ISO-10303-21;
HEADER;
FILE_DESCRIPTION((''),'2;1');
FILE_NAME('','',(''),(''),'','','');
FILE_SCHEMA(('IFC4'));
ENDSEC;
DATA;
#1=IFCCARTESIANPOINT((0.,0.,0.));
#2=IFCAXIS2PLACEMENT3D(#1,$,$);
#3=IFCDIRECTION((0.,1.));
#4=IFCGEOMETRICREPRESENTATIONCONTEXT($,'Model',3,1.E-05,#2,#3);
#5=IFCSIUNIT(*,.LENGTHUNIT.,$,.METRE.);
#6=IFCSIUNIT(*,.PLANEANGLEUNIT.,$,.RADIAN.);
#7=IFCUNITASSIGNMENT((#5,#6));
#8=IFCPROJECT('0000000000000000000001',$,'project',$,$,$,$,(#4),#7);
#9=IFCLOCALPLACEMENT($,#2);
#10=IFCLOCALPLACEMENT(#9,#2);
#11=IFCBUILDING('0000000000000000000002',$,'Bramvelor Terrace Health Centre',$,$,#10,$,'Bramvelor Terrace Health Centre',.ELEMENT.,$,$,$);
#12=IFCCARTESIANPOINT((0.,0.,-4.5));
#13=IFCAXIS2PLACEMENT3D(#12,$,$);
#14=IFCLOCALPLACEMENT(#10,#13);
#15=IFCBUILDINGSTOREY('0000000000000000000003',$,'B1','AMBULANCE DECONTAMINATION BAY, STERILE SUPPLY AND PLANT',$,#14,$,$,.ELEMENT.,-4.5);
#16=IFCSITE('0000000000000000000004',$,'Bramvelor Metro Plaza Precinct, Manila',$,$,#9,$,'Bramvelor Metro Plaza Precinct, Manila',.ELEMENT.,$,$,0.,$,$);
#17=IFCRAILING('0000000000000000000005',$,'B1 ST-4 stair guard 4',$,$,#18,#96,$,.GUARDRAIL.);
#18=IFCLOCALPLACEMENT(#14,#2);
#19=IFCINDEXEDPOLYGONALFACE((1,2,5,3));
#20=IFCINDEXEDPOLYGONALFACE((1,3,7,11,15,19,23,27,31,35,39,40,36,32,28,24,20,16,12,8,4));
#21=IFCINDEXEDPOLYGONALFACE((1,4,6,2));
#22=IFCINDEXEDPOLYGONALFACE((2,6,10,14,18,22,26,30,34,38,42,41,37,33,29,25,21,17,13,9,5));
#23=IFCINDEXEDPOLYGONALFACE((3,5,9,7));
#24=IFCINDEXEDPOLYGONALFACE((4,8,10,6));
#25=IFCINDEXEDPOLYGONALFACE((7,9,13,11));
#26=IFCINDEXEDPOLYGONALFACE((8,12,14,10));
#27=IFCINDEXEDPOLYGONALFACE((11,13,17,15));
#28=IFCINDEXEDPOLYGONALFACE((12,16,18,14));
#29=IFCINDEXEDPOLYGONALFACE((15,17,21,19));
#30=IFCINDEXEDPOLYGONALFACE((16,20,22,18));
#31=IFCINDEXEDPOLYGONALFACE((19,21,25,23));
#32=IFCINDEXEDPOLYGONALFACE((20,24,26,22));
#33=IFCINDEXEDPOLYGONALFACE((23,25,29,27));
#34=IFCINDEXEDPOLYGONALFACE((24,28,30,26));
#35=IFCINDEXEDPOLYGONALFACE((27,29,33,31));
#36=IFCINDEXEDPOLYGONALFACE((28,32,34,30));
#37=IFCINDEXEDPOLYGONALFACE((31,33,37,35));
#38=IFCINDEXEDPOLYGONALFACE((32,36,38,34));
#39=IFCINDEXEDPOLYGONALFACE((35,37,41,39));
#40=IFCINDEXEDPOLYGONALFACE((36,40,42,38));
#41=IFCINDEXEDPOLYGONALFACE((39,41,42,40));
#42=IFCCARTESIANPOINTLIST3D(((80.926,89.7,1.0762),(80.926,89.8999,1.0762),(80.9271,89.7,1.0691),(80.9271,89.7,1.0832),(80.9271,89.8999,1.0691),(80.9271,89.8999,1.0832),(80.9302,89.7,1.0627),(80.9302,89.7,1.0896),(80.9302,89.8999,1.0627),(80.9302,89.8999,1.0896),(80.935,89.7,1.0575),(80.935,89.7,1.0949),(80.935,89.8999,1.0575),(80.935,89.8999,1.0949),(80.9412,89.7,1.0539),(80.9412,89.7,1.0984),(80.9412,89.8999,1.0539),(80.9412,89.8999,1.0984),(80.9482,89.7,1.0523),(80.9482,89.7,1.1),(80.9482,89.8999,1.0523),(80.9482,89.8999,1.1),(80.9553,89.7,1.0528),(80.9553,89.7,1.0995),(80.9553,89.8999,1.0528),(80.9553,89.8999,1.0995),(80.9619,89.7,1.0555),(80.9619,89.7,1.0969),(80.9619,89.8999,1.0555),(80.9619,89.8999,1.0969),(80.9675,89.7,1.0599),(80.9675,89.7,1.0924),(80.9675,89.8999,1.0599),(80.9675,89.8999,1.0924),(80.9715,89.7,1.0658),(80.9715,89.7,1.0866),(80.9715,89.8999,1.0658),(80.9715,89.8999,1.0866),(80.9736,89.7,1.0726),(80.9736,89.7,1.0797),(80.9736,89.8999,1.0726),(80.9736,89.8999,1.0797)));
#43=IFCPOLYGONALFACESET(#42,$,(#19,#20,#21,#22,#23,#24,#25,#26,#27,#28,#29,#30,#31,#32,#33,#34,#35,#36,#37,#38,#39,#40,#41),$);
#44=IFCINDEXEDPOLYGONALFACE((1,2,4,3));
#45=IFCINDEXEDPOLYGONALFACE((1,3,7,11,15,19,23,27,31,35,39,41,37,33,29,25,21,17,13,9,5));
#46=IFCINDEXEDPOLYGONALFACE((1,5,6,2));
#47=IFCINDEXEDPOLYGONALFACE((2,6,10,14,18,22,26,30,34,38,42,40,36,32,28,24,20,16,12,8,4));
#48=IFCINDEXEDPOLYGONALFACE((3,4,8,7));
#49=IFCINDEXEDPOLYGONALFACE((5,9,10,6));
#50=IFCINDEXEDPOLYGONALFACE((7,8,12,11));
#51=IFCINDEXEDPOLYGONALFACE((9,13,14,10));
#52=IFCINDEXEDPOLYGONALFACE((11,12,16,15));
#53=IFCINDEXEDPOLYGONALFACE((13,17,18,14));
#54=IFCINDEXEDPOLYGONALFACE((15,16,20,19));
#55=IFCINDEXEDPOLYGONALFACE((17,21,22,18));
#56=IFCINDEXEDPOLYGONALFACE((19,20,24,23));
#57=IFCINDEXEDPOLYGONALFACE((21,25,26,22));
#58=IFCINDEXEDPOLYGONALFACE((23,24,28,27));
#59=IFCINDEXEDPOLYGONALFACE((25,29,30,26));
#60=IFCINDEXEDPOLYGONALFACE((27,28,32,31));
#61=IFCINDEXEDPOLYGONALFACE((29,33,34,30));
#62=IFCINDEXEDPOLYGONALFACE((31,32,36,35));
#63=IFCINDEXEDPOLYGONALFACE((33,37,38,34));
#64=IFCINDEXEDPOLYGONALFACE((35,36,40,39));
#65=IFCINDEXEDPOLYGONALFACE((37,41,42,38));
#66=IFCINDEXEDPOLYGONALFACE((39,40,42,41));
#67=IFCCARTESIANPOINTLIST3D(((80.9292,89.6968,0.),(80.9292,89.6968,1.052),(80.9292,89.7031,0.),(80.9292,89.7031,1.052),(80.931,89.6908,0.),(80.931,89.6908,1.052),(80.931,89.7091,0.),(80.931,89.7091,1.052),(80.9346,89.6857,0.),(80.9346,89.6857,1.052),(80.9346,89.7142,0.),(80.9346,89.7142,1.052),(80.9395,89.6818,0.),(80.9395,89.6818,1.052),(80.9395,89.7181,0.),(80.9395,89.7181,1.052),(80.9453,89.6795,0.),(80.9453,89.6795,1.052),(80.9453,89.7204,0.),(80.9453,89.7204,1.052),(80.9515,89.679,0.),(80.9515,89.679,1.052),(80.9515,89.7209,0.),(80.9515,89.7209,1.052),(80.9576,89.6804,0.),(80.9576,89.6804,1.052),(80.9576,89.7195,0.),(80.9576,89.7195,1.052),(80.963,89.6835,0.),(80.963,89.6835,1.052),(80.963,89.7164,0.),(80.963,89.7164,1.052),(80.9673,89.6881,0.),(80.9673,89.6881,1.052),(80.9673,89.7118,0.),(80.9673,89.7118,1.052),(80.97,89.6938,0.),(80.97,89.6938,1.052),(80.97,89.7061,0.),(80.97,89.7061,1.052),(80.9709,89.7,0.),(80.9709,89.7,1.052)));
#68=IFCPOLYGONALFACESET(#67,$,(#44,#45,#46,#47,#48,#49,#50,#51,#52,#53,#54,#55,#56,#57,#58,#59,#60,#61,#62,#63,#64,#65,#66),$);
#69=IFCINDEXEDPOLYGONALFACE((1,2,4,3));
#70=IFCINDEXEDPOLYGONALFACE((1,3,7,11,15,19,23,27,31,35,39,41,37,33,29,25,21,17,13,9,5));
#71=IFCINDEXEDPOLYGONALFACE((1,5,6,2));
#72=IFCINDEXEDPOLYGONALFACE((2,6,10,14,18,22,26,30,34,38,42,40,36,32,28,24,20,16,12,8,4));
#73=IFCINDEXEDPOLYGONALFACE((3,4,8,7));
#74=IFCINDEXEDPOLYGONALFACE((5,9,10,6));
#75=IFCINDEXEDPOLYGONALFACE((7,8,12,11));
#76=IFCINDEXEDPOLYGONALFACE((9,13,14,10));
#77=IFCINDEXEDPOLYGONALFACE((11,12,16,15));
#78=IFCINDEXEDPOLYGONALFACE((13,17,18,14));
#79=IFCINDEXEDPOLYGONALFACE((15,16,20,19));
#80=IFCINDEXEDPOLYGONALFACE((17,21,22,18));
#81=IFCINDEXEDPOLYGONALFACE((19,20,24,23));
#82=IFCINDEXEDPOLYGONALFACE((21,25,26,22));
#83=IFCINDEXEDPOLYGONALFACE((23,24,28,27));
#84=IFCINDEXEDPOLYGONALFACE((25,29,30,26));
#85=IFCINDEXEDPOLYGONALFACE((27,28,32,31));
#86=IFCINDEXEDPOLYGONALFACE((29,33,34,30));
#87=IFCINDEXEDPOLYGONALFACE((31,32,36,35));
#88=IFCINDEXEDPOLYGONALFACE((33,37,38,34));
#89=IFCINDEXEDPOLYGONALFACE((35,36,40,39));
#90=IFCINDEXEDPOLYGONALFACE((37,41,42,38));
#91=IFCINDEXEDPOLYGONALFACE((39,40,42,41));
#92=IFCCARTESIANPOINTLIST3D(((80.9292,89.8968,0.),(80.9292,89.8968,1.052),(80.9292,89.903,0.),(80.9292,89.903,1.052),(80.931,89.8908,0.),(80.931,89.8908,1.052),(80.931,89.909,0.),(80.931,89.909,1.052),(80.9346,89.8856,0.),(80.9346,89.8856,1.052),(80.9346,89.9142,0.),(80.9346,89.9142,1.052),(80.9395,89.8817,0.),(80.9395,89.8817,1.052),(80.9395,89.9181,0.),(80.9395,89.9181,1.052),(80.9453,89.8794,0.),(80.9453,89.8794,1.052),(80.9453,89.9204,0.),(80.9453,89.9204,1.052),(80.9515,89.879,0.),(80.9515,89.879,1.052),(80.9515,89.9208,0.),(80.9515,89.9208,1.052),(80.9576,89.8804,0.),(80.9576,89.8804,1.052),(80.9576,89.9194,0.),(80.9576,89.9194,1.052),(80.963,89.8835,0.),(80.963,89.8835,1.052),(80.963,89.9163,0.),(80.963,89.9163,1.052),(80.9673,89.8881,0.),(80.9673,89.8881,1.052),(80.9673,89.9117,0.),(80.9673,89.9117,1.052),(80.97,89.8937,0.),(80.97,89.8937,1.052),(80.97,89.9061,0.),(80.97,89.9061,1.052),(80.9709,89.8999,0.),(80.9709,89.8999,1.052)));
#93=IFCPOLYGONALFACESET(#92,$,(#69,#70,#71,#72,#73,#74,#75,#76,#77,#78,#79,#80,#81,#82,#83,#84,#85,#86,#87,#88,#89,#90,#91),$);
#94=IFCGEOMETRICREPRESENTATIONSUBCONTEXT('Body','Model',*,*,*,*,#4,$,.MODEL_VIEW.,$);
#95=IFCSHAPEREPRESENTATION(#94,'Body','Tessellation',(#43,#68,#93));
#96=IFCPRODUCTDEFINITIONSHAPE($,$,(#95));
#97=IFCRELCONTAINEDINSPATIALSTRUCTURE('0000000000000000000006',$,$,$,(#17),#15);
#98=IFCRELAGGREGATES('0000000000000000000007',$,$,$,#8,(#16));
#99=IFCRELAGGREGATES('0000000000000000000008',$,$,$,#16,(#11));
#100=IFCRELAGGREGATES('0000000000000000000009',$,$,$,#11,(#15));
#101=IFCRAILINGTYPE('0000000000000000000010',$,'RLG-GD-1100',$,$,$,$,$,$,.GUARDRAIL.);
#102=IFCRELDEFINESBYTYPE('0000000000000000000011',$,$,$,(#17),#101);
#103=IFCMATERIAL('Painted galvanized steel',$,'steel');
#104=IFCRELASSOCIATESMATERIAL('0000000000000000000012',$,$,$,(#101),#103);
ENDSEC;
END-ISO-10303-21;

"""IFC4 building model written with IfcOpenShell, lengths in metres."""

from ifc_helpers import new_model, si_unit, direction, frame, origin, origin_2d, place, context, subcontext, project, spatial, circle, extrude, material, type_object, element, save


model = new_model("IFC4")

# Units and contexts
model_context = context("Model", 3, precision=1e-05, world=origin(), true_north=direction((0.0, 1.0)))
body_context = subcontext(model_context, "Body", "Model", "MODEL_VIEW")
ifc_project = project(units=[si_unit("LENGTHUNIT", "METRE"), si_unit("PLANEANGLEUNIT", "RADIAN")], contexts=[model_context])

# Site, building, storey
site_placement = place(None, origin())
site = spatial("IfcSite", under=ifc_project, at=site_placement, Name="Bramvelor Metro Plaza Precinct, Manila", LongName="Bramvelor Metro Plaza Precinct, Manila", CompositionType="ELEMENT", RefElevation=0.0)
building_placement = place(site_placement, origin())
building = spatial("IfcBuilding", under=site, at=building_placement, Name="Bramvelor Terrace Health Centre", LongName="Bramvelor Terrace Health Centre", CompositionType="ELEMENT")
storey_placement = place(building_placement, frame((0.0, 0.0, -4.5)))
storey = spatial("IfcBuildingStorey", under=building, at=storey_placement, Name="B1", Description="AMBULANCE DECONTAMINATION BAY, STERILE SUPPLY AND PLANT", CompositionType="ELEMENT", Elevation=-4.5)

# Railing
ifc_material_1 = material(Name="Painted galvanized steel", Category="steel")
railing_type_1 = type_object("IfcRailingType", Name="RLG-GD-1100", PredefinedType="GUARDRAIL", material=ifc_material_1)
railing_1_placement = place(storey_placement, frame((80.95, 89.7, 0.0)))
element("IfcRailing", 1, at=railing_1_placement, inside=storey, type_object=railing_type_1, Name="B1 ST-4 stair guard 4", PredefinedType="GUARDRAIL", context=body_context, shape_type="SweptSolid", body=[
    extrude(circle(Radius=0.0239, at=origin_2d()), frame((0.0, 0.0, 1.0762), z_axis=(0.0, 1.0, 0.0), x_axis=(-1.0, 0.0, 0.0)), (0.0, 0.0, 1.0), 0.2),
    extrude(circle(Radius=0.021, at=origin_2d()), origin(), (0.0, 0.0, 1.0), 1.052),
    extrude(circle(Radius=0.021, at=origin_2d()), frame((0.0, 0.2, 0.0)), (0.0, 0.0, 1.0), 1.052),
])

save(model, "model.ifc")
